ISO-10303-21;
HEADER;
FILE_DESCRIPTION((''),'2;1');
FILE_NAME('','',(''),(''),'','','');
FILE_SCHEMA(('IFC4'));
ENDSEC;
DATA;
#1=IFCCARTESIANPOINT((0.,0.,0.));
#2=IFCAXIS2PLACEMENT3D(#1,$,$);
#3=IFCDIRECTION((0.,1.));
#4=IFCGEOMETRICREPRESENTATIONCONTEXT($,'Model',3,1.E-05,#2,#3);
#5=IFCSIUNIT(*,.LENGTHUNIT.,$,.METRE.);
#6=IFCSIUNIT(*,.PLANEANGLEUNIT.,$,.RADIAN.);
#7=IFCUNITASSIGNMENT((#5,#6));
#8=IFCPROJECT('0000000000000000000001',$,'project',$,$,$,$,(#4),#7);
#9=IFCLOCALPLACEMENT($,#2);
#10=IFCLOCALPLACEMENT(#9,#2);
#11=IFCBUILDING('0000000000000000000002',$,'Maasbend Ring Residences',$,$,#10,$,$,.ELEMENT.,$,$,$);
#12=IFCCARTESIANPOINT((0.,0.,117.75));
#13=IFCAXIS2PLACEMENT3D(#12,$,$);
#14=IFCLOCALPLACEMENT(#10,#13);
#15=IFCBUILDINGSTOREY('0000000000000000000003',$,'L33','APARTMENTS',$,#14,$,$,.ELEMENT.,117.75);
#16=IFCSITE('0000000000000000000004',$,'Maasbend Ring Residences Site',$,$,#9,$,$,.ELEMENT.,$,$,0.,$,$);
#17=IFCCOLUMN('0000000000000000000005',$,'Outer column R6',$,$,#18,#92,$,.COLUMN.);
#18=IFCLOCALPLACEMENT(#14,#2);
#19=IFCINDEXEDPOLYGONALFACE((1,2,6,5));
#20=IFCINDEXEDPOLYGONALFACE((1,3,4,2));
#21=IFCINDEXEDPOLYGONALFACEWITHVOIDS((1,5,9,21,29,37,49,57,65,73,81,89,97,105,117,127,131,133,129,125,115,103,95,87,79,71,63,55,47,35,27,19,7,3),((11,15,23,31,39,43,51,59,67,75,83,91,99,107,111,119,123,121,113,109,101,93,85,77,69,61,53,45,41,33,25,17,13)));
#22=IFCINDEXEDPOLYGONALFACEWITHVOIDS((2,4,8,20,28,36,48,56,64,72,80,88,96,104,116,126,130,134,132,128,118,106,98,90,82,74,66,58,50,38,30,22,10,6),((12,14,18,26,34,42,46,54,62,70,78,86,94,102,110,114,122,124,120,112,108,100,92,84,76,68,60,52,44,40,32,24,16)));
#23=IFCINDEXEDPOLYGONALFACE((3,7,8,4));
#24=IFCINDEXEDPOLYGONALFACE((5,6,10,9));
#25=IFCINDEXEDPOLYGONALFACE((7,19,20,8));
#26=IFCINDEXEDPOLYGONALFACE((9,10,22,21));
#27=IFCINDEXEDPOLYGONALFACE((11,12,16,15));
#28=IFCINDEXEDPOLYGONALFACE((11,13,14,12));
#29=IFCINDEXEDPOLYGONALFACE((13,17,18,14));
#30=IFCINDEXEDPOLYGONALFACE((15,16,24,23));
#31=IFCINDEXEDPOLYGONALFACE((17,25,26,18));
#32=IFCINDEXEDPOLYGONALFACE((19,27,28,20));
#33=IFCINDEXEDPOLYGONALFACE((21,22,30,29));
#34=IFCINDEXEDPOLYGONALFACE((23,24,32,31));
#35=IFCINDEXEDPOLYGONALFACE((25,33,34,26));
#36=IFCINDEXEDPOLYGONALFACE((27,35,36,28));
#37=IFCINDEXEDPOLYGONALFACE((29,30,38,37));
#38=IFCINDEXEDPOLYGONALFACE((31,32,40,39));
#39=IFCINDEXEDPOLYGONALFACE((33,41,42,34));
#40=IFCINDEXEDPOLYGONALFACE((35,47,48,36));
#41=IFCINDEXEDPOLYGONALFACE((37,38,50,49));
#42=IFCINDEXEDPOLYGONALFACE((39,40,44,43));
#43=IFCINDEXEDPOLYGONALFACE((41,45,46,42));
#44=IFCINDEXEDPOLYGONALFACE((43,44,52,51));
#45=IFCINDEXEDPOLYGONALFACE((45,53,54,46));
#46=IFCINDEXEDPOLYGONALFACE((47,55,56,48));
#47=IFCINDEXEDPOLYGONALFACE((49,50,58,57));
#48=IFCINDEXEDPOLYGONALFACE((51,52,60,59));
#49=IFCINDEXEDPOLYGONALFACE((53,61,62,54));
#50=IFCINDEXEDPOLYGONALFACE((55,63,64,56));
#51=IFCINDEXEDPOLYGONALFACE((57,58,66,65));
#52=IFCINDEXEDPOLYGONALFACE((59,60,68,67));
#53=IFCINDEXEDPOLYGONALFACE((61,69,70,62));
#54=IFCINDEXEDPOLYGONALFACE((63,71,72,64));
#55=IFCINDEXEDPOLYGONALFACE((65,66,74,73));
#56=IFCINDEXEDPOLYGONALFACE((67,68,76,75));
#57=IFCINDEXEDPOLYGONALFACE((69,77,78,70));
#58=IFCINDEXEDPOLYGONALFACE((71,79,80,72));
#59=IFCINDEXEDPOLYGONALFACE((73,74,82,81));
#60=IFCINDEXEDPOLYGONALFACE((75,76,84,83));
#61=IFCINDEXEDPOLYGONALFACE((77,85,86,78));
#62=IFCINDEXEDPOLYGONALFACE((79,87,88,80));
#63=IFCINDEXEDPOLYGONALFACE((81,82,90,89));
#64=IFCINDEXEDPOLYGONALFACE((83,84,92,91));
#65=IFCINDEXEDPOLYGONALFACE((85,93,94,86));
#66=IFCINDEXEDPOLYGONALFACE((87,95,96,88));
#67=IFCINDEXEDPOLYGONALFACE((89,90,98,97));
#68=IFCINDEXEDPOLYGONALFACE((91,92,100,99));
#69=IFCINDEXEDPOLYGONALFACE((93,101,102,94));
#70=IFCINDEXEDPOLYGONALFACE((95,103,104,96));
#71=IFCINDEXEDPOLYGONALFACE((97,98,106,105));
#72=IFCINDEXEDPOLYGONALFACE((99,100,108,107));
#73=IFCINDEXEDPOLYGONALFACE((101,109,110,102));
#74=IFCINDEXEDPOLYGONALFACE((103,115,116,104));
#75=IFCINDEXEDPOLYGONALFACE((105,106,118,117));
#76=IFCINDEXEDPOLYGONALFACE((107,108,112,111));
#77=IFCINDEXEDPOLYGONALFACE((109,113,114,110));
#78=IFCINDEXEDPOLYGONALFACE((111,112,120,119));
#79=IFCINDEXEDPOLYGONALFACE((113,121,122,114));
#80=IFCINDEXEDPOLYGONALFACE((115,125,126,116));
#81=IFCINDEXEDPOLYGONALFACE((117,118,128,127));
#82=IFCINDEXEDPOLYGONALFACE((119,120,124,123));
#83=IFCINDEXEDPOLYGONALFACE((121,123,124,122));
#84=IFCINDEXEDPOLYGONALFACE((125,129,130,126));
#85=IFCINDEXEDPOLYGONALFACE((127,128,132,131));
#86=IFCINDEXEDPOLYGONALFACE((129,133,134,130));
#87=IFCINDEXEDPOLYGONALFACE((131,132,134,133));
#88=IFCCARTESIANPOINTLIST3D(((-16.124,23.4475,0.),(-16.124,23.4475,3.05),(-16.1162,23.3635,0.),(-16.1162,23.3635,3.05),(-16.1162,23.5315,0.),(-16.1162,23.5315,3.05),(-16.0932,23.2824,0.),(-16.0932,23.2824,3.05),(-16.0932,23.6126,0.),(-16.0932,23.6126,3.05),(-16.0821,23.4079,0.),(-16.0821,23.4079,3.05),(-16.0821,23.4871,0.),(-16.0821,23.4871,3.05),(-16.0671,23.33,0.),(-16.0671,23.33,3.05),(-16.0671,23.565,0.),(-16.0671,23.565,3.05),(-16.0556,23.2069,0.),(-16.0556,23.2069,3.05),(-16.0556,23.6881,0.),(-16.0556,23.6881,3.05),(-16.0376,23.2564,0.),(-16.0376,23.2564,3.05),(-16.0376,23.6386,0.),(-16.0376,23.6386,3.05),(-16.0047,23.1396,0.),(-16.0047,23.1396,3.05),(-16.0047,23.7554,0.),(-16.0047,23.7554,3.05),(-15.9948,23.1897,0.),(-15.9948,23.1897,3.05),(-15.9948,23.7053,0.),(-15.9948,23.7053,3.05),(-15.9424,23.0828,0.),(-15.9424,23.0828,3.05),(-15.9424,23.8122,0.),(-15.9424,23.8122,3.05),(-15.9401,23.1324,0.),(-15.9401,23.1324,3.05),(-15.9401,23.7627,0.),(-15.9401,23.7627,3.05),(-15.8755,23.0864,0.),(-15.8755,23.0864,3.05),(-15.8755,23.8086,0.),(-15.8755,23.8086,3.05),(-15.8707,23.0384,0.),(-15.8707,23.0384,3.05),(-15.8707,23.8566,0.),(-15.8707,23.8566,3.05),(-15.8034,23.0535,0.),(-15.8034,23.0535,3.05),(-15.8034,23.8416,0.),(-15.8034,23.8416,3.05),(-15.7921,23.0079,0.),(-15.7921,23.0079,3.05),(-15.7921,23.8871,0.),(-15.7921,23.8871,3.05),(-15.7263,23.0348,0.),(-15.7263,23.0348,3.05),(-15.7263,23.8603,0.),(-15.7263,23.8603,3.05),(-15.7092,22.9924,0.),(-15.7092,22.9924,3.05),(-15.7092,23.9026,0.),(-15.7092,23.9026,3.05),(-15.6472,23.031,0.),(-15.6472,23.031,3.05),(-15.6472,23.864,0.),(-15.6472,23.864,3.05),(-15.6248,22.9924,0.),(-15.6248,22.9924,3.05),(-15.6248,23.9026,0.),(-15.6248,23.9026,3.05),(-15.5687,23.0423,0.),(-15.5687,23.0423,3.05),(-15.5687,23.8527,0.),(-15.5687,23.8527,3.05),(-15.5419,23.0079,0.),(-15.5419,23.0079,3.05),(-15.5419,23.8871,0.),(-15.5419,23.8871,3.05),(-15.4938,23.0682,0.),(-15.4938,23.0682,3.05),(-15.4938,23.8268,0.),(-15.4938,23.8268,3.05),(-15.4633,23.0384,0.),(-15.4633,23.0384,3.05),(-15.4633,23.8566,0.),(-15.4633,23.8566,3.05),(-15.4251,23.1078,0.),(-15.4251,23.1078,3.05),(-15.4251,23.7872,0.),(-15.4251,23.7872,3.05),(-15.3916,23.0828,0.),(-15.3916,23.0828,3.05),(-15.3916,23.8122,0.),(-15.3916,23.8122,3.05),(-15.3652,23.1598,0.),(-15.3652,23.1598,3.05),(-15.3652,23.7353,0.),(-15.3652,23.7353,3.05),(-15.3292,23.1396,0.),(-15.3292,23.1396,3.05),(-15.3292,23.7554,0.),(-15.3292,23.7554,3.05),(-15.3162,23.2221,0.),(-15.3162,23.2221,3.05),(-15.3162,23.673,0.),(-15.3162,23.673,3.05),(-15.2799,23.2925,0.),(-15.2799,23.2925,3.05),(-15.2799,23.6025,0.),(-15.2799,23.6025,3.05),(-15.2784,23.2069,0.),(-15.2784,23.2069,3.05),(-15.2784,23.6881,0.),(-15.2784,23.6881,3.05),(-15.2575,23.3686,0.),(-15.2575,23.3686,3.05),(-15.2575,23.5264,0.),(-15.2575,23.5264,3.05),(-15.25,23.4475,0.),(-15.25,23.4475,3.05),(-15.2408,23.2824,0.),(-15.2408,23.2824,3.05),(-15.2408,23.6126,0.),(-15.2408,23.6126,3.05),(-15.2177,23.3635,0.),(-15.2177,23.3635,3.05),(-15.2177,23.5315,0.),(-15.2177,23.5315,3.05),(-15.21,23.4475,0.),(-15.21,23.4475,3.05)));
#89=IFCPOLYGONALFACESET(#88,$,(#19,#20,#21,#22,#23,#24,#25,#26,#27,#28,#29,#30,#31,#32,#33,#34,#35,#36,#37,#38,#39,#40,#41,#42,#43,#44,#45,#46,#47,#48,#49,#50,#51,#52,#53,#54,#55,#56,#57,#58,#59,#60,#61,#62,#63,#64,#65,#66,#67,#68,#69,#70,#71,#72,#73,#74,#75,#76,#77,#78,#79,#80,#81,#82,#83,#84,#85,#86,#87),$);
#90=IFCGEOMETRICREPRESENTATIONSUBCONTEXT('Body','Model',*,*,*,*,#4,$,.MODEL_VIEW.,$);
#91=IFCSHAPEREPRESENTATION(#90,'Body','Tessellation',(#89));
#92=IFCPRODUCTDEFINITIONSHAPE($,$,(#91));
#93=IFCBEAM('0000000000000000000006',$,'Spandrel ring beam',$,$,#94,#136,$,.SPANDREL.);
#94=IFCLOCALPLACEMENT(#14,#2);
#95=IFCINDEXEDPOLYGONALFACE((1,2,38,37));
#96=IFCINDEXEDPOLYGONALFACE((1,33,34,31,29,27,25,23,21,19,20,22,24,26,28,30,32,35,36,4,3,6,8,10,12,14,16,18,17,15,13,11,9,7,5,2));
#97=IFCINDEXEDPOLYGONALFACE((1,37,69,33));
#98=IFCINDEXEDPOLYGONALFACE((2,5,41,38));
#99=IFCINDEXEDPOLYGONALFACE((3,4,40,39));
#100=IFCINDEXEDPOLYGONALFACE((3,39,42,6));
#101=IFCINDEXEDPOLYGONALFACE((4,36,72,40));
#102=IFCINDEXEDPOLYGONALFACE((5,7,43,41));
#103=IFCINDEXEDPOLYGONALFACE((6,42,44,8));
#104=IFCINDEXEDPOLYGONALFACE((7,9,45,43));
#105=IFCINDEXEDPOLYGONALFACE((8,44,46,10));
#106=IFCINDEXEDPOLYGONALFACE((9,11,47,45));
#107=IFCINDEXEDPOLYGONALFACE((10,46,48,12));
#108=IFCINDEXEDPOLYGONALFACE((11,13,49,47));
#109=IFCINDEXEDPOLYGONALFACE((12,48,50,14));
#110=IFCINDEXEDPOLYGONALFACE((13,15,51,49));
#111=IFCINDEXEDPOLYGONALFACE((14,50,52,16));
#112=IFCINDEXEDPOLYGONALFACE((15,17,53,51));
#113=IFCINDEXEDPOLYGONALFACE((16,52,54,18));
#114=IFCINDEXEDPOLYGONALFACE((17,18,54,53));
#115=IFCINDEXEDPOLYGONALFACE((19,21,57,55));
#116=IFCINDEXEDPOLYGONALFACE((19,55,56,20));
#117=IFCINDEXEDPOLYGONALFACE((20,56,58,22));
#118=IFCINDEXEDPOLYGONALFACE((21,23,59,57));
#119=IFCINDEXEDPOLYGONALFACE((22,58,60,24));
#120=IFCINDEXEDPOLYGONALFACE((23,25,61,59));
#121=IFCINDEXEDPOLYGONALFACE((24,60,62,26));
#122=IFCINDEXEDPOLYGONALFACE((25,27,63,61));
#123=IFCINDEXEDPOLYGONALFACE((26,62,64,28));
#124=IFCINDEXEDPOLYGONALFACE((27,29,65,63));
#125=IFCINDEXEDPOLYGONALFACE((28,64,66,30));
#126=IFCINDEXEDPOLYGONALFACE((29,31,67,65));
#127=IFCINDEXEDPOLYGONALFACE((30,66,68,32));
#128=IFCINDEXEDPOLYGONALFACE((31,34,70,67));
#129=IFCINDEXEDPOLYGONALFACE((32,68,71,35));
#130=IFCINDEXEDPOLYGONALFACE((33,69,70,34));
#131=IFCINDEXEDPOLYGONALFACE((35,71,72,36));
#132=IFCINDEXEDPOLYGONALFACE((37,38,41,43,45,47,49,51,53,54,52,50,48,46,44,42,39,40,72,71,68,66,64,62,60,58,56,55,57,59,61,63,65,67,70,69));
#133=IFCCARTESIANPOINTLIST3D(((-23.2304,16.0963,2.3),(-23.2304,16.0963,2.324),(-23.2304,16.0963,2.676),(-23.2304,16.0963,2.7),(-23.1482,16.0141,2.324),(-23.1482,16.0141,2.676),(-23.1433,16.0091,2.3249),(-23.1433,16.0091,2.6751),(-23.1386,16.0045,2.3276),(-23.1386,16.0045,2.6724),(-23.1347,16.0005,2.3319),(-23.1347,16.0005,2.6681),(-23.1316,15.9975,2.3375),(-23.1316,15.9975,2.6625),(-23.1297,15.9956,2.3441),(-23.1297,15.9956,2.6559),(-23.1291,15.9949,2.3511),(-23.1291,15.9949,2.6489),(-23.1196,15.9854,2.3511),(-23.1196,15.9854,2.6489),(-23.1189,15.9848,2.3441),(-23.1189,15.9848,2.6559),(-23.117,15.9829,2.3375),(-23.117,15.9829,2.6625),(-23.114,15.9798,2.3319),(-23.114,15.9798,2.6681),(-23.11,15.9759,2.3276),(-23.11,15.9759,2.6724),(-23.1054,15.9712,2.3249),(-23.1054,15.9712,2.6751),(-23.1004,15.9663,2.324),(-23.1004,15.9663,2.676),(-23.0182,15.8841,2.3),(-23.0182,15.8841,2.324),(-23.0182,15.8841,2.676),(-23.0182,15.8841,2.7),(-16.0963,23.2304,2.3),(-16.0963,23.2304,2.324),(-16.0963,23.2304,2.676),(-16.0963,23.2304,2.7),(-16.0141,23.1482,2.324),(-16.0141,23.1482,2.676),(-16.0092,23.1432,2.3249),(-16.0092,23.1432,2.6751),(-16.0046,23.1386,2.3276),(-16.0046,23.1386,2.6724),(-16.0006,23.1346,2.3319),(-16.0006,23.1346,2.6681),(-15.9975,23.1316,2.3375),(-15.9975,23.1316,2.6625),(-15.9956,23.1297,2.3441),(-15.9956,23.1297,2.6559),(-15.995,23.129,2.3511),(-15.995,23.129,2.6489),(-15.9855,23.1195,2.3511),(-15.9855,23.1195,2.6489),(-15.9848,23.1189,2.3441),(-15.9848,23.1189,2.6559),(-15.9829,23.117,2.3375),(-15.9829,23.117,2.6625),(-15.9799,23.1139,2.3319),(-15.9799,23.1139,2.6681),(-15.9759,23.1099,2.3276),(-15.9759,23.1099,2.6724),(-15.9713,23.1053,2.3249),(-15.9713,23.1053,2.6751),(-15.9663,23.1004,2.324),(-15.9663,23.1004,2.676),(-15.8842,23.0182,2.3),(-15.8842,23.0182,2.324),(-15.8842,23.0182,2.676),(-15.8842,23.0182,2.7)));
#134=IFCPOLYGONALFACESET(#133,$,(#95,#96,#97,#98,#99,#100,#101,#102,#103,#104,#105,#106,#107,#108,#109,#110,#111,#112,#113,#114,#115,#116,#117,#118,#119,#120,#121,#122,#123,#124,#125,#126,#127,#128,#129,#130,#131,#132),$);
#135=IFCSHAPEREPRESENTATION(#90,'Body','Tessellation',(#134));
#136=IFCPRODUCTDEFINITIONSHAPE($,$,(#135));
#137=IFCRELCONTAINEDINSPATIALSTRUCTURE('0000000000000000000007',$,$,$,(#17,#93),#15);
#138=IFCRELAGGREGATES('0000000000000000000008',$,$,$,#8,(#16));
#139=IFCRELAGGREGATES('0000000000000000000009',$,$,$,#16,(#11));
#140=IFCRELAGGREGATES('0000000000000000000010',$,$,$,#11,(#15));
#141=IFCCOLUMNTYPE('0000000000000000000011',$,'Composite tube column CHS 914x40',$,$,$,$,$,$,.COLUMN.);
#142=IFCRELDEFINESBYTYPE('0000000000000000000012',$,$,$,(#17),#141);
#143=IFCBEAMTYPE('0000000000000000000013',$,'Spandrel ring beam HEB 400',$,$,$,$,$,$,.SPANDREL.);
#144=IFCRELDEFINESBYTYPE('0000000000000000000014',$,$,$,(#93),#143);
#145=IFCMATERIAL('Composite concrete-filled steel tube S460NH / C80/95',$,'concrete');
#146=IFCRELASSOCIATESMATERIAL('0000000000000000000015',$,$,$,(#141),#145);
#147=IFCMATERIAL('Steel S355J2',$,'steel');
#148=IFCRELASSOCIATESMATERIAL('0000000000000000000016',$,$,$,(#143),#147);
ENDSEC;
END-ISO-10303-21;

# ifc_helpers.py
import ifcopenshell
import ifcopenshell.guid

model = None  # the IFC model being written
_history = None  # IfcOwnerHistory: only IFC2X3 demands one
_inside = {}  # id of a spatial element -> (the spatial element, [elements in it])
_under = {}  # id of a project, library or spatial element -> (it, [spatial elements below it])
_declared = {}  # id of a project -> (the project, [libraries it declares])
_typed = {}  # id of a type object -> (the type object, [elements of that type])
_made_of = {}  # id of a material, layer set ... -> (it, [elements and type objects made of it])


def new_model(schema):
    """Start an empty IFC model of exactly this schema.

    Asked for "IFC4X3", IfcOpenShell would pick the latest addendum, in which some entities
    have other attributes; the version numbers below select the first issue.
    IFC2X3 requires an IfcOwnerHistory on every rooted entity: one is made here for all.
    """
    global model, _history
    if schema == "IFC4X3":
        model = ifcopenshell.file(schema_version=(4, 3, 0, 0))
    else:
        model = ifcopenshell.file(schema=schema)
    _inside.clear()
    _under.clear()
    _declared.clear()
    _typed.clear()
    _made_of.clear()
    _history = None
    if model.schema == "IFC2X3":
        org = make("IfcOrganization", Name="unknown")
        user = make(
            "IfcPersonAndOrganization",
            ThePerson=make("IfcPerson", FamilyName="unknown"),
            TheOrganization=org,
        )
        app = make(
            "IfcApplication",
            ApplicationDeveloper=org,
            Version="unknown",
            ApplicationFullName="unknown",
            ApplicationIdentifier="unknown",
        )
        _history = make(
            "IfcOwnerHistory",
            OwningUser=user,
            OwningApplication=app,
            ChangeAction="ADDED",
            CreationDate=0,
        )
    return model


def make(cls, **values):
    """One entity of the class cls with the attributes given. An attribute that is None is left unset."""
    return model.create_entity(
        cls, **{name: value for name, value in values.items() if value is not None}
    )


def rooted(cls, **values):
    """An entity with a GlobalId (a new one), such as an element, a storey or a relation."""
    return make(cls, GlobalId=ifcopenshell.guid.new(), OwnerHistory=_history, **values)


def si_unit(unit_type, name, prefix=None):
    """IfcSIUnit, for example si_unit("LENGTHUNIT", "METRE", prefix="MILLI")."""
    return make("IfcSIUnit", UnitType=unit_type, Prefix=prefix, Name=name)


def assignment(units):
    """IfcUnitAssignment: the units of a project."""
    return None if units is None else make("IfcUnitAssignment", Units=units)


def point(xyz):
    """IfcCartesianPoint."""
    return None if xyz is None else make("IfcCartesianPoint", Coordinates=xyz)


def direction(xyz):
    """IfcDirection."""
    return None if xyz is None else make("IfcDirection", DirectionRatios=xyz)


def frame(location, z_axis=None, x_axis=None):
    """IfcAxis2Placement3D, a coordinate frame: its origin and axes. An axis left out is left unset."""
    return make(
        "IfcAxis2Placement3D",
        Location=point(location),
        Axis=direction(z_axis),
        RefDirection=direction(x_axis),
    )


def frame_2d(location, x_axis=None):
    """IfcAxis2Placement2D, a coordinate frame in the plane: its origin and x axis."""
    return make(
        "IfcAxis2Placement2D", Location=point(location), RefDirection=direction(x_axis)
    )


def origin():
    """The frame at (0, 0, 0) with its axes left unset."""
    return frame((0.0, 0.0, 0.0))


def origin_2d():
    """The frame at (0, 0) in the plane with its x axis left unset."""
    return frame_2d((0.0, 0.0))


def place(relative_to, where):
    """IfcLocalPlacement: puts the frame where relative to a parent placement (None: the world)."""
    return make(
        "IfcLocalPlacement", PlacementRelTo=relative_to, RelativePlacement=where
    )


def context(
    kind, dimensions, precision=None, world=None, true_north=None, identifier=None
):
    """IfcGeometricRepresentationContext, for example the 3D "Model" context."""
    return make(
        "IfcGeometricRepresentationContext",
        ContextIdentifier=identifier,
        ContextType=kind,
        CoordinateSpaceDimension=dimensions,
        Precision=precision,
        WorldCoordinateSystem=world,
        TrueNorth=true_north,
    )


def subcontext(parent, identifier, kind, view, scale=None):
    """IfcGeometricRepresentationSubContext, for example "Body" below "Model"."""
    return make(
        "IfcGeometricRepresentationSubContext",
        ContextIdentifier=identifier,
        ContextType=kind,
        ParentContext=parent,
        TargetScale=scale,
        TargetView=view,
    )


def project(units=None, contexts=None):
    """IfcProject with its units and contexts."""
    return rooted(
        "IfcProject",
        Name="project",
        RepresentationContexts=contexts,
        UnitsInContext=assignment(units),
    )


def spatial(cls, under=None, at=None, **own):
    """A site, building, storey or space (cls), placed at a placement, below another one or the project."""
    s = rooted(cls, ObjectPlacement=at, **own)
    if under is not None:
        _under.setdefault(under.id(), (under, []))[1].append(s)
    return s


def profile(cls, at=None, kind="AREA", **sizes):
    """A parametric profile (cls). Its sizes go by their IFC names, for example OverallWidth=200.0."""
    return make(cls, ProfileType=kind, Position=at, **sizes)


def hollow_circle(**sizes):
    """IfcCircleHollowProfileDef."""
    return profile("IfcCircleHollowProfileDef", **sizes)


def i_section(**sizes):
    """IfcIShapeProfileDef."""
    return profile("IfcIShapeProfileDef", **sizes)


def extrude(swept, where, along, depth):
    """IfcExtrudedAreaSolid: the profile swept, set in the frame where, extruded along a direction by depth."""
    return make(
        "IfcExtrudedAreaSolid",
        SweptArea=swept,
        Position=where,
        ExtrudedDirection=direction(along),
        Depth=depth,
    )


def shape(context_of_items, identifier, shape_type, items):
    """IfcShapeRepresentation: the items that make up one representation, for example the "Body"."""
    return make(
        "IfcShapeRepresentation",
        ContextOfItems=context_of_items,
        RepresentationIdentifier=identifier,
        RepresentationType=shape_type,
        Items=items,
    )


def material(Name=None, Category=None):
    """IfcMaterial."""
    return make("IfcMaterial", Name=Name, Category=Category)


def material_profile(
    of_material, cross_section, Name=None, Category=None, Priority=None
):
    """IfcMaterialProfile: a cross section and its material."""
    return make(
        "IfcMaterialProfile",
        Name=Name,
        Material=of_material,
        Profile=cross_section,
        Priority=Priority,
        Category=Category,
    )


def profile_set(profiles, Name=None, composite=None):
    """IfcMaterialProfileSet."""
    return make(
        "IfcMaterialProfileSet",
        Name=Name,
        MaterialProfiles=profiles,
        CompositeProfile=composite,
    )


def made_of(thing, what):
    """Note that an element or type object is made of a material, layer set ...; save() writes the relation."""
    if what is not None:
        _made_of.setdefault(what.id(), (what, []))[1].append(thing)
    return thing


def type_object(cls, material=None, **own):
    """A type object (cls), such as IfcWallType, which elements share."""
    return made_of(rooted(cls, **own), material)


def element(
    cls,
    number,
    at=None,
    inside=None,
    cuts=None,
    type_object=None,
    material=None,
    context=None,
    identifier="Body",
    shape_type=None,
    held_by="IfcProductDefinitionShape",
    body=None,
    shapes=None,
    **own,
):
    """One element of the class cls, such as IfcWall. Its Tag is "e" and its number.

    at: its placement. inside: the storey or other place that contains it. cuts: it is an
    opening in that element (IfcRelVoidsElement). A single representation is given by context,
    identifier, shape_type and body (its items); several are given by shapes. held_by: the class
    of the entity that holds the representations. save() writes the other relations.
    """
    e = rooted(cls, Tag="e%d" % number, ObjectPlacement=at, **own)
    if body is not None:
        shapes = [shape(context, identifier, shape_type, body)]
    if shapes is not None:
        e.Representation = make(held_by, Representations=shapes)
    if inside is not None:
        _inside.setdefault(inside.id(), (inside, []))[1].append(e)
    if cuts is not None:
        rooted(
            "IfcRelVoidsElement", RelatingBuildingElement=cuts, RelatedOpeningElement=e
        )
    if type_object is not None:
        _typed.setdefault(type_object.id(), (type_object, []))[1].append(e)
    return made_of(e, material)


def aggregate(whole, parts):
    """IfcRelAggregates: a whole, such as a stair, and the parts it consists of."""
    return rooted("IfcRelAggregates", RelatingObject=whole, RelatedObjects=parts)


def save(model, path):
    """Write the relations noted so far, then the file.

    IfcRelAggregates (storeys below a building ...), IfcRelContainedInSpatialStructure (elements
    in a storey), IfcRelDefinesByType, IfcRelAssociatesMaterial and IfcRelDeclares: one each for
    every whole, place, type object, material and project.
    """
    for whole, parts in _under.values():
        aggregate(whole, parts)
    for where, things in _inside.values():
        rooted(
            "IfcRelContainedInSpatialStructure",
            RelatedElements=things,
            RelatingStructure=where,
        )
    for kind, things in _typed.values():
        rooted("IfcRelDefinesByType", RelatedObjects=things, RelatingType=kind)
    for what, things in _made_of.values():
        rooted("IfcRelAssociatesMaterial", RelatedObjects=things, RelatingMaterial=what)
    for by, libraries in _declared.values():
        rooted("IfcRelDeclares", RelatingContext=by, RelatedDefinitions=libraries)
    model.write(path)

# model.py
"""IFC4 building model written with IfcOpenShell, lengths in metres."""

from ifc_helpers import new_model, si_unit, direction, frame, origin, origin_2d, place, context, subcontext, project, spatial, hollow_circle, i_section, extrude, material, material_profile, profile_set, type_object, element, save


model = new_model("IFC4")

# Units and contexts
model_context = context("Model", 3, precision=1e-05, world=origin(), true_north=direction((0.0, 1.0)))
body_context = subcontext(model_context, "Body", "Model", "MODEL_VIEW")
ifc_project = project(units=[si_unit("LENGTHUNIT", "METRE"), si_unit("PLANEANGLEUNIT", "RADIAN")], contexts=[model_context])

# Site, building, storey
site_placement = place(None, origin())
site = spatial("IfcSite", under=ifc_project, at=site_placement, Name="Maasbend Ring Residences Site", CompositionType="ELEMENT", RefElevation=0.0)
building_placement = place(site_placement, origin())
building = spatial("IfcBuilding", under=site, at=building_placement, Name="Maasbend Ring Residences", CompositionType="ELEMENT")
storey_placement = place(building_placement, frame((0.0, 0.0, 117.75)))
storey = spatial("IfcBuildingStorey", under=building, at=storey_placement, Name="L33", Description="APARTMENTS", CompositionType="ELEMENT", Elevation=117.75)

# Column
ifc_material_1 = material(Name="Composite concrete-filled steel tube S460NH / C80/95", Category="concrete")
ifc_material_profile_1 = material_profile(ifc_material_1, hollow_circle(Radius=0.457, WallThickness=0.04, at=origin_2d()), Name="Composite tube column CHS 914x40")
ifc_profile_set_1 = profile_set([ifc_material_profile_1], Name="Composite concrete-filled steel tube S460NH / C80/95")
column_type = type_object("IfcColumnType", Name="Composite tube column CHS 914x40", PredefinedType="COLUMN", material=ifc_profile_set_1)
column_placement = place(storey_placement, frame((-15.667, 23.4475, 0.0), z_axis=(0.0, 0.0, 1.0), x_axis=(1.0, 0.0, 0.0)))
element("IfcColumn", 1, at=column_placement, inside=storey, type_object=column_type, Name="Outer column R6", PredefinedType="COLUMN", context=body_context, shape_type="SweptSolid", body=[
    extrude(hollow_circle(Radius=0.457, WallThickness=0.04, at=origin_2d()), origin(), (0.0, 0.0, 1.0), 3.05),
])

# Beam
ifc_material_2 = material(Name="Steel S355J2", Category="steel")
ifc_material_profile_2 = material_profile(ifc_material_2, i_section(OverallWidth=0.3, OverallDepth=0.3999, WebThickness=0.0134, FlangeThickness=0.0239, FilletRadius=0.0271, at=origin_2d()), Name="HEB 400")
ifc_profile_set_2 = profile_set([ifc_material_profile_2], Name="Steel S355J2")
beam_type = type_object("IfcBeamType", Name="Spandrel ring beam HEB 400", PredefinedType="SPANDREL", material=ifc_profile_set_2)
beam_placement = place(storey_placement, frame((-15.9902, 23.1243, 2.5), z_axis=(-0.707107, -0.707107, 0.0), x_axis=(0.707107, -0.707107, 0.0)))
element("IfcBeam", 2, at=beam_placement, inside=storey, type_object=beam_type, Name="Spandrel ring beam", PredefinedType="SPANDREL", context=body_context, shape_type="SweptSolid", body=[
    extrude(i_section(OverallWidth=0.3, OverallDepth=0.3999, WebThickness=0.0134, FlangeThickness=0.0239, FilletRadius=0.0271, at=origin_2d()), origin(), (0.0, 0.0, 1.0), 10.0891),
])

save(model, "model.ifc")
